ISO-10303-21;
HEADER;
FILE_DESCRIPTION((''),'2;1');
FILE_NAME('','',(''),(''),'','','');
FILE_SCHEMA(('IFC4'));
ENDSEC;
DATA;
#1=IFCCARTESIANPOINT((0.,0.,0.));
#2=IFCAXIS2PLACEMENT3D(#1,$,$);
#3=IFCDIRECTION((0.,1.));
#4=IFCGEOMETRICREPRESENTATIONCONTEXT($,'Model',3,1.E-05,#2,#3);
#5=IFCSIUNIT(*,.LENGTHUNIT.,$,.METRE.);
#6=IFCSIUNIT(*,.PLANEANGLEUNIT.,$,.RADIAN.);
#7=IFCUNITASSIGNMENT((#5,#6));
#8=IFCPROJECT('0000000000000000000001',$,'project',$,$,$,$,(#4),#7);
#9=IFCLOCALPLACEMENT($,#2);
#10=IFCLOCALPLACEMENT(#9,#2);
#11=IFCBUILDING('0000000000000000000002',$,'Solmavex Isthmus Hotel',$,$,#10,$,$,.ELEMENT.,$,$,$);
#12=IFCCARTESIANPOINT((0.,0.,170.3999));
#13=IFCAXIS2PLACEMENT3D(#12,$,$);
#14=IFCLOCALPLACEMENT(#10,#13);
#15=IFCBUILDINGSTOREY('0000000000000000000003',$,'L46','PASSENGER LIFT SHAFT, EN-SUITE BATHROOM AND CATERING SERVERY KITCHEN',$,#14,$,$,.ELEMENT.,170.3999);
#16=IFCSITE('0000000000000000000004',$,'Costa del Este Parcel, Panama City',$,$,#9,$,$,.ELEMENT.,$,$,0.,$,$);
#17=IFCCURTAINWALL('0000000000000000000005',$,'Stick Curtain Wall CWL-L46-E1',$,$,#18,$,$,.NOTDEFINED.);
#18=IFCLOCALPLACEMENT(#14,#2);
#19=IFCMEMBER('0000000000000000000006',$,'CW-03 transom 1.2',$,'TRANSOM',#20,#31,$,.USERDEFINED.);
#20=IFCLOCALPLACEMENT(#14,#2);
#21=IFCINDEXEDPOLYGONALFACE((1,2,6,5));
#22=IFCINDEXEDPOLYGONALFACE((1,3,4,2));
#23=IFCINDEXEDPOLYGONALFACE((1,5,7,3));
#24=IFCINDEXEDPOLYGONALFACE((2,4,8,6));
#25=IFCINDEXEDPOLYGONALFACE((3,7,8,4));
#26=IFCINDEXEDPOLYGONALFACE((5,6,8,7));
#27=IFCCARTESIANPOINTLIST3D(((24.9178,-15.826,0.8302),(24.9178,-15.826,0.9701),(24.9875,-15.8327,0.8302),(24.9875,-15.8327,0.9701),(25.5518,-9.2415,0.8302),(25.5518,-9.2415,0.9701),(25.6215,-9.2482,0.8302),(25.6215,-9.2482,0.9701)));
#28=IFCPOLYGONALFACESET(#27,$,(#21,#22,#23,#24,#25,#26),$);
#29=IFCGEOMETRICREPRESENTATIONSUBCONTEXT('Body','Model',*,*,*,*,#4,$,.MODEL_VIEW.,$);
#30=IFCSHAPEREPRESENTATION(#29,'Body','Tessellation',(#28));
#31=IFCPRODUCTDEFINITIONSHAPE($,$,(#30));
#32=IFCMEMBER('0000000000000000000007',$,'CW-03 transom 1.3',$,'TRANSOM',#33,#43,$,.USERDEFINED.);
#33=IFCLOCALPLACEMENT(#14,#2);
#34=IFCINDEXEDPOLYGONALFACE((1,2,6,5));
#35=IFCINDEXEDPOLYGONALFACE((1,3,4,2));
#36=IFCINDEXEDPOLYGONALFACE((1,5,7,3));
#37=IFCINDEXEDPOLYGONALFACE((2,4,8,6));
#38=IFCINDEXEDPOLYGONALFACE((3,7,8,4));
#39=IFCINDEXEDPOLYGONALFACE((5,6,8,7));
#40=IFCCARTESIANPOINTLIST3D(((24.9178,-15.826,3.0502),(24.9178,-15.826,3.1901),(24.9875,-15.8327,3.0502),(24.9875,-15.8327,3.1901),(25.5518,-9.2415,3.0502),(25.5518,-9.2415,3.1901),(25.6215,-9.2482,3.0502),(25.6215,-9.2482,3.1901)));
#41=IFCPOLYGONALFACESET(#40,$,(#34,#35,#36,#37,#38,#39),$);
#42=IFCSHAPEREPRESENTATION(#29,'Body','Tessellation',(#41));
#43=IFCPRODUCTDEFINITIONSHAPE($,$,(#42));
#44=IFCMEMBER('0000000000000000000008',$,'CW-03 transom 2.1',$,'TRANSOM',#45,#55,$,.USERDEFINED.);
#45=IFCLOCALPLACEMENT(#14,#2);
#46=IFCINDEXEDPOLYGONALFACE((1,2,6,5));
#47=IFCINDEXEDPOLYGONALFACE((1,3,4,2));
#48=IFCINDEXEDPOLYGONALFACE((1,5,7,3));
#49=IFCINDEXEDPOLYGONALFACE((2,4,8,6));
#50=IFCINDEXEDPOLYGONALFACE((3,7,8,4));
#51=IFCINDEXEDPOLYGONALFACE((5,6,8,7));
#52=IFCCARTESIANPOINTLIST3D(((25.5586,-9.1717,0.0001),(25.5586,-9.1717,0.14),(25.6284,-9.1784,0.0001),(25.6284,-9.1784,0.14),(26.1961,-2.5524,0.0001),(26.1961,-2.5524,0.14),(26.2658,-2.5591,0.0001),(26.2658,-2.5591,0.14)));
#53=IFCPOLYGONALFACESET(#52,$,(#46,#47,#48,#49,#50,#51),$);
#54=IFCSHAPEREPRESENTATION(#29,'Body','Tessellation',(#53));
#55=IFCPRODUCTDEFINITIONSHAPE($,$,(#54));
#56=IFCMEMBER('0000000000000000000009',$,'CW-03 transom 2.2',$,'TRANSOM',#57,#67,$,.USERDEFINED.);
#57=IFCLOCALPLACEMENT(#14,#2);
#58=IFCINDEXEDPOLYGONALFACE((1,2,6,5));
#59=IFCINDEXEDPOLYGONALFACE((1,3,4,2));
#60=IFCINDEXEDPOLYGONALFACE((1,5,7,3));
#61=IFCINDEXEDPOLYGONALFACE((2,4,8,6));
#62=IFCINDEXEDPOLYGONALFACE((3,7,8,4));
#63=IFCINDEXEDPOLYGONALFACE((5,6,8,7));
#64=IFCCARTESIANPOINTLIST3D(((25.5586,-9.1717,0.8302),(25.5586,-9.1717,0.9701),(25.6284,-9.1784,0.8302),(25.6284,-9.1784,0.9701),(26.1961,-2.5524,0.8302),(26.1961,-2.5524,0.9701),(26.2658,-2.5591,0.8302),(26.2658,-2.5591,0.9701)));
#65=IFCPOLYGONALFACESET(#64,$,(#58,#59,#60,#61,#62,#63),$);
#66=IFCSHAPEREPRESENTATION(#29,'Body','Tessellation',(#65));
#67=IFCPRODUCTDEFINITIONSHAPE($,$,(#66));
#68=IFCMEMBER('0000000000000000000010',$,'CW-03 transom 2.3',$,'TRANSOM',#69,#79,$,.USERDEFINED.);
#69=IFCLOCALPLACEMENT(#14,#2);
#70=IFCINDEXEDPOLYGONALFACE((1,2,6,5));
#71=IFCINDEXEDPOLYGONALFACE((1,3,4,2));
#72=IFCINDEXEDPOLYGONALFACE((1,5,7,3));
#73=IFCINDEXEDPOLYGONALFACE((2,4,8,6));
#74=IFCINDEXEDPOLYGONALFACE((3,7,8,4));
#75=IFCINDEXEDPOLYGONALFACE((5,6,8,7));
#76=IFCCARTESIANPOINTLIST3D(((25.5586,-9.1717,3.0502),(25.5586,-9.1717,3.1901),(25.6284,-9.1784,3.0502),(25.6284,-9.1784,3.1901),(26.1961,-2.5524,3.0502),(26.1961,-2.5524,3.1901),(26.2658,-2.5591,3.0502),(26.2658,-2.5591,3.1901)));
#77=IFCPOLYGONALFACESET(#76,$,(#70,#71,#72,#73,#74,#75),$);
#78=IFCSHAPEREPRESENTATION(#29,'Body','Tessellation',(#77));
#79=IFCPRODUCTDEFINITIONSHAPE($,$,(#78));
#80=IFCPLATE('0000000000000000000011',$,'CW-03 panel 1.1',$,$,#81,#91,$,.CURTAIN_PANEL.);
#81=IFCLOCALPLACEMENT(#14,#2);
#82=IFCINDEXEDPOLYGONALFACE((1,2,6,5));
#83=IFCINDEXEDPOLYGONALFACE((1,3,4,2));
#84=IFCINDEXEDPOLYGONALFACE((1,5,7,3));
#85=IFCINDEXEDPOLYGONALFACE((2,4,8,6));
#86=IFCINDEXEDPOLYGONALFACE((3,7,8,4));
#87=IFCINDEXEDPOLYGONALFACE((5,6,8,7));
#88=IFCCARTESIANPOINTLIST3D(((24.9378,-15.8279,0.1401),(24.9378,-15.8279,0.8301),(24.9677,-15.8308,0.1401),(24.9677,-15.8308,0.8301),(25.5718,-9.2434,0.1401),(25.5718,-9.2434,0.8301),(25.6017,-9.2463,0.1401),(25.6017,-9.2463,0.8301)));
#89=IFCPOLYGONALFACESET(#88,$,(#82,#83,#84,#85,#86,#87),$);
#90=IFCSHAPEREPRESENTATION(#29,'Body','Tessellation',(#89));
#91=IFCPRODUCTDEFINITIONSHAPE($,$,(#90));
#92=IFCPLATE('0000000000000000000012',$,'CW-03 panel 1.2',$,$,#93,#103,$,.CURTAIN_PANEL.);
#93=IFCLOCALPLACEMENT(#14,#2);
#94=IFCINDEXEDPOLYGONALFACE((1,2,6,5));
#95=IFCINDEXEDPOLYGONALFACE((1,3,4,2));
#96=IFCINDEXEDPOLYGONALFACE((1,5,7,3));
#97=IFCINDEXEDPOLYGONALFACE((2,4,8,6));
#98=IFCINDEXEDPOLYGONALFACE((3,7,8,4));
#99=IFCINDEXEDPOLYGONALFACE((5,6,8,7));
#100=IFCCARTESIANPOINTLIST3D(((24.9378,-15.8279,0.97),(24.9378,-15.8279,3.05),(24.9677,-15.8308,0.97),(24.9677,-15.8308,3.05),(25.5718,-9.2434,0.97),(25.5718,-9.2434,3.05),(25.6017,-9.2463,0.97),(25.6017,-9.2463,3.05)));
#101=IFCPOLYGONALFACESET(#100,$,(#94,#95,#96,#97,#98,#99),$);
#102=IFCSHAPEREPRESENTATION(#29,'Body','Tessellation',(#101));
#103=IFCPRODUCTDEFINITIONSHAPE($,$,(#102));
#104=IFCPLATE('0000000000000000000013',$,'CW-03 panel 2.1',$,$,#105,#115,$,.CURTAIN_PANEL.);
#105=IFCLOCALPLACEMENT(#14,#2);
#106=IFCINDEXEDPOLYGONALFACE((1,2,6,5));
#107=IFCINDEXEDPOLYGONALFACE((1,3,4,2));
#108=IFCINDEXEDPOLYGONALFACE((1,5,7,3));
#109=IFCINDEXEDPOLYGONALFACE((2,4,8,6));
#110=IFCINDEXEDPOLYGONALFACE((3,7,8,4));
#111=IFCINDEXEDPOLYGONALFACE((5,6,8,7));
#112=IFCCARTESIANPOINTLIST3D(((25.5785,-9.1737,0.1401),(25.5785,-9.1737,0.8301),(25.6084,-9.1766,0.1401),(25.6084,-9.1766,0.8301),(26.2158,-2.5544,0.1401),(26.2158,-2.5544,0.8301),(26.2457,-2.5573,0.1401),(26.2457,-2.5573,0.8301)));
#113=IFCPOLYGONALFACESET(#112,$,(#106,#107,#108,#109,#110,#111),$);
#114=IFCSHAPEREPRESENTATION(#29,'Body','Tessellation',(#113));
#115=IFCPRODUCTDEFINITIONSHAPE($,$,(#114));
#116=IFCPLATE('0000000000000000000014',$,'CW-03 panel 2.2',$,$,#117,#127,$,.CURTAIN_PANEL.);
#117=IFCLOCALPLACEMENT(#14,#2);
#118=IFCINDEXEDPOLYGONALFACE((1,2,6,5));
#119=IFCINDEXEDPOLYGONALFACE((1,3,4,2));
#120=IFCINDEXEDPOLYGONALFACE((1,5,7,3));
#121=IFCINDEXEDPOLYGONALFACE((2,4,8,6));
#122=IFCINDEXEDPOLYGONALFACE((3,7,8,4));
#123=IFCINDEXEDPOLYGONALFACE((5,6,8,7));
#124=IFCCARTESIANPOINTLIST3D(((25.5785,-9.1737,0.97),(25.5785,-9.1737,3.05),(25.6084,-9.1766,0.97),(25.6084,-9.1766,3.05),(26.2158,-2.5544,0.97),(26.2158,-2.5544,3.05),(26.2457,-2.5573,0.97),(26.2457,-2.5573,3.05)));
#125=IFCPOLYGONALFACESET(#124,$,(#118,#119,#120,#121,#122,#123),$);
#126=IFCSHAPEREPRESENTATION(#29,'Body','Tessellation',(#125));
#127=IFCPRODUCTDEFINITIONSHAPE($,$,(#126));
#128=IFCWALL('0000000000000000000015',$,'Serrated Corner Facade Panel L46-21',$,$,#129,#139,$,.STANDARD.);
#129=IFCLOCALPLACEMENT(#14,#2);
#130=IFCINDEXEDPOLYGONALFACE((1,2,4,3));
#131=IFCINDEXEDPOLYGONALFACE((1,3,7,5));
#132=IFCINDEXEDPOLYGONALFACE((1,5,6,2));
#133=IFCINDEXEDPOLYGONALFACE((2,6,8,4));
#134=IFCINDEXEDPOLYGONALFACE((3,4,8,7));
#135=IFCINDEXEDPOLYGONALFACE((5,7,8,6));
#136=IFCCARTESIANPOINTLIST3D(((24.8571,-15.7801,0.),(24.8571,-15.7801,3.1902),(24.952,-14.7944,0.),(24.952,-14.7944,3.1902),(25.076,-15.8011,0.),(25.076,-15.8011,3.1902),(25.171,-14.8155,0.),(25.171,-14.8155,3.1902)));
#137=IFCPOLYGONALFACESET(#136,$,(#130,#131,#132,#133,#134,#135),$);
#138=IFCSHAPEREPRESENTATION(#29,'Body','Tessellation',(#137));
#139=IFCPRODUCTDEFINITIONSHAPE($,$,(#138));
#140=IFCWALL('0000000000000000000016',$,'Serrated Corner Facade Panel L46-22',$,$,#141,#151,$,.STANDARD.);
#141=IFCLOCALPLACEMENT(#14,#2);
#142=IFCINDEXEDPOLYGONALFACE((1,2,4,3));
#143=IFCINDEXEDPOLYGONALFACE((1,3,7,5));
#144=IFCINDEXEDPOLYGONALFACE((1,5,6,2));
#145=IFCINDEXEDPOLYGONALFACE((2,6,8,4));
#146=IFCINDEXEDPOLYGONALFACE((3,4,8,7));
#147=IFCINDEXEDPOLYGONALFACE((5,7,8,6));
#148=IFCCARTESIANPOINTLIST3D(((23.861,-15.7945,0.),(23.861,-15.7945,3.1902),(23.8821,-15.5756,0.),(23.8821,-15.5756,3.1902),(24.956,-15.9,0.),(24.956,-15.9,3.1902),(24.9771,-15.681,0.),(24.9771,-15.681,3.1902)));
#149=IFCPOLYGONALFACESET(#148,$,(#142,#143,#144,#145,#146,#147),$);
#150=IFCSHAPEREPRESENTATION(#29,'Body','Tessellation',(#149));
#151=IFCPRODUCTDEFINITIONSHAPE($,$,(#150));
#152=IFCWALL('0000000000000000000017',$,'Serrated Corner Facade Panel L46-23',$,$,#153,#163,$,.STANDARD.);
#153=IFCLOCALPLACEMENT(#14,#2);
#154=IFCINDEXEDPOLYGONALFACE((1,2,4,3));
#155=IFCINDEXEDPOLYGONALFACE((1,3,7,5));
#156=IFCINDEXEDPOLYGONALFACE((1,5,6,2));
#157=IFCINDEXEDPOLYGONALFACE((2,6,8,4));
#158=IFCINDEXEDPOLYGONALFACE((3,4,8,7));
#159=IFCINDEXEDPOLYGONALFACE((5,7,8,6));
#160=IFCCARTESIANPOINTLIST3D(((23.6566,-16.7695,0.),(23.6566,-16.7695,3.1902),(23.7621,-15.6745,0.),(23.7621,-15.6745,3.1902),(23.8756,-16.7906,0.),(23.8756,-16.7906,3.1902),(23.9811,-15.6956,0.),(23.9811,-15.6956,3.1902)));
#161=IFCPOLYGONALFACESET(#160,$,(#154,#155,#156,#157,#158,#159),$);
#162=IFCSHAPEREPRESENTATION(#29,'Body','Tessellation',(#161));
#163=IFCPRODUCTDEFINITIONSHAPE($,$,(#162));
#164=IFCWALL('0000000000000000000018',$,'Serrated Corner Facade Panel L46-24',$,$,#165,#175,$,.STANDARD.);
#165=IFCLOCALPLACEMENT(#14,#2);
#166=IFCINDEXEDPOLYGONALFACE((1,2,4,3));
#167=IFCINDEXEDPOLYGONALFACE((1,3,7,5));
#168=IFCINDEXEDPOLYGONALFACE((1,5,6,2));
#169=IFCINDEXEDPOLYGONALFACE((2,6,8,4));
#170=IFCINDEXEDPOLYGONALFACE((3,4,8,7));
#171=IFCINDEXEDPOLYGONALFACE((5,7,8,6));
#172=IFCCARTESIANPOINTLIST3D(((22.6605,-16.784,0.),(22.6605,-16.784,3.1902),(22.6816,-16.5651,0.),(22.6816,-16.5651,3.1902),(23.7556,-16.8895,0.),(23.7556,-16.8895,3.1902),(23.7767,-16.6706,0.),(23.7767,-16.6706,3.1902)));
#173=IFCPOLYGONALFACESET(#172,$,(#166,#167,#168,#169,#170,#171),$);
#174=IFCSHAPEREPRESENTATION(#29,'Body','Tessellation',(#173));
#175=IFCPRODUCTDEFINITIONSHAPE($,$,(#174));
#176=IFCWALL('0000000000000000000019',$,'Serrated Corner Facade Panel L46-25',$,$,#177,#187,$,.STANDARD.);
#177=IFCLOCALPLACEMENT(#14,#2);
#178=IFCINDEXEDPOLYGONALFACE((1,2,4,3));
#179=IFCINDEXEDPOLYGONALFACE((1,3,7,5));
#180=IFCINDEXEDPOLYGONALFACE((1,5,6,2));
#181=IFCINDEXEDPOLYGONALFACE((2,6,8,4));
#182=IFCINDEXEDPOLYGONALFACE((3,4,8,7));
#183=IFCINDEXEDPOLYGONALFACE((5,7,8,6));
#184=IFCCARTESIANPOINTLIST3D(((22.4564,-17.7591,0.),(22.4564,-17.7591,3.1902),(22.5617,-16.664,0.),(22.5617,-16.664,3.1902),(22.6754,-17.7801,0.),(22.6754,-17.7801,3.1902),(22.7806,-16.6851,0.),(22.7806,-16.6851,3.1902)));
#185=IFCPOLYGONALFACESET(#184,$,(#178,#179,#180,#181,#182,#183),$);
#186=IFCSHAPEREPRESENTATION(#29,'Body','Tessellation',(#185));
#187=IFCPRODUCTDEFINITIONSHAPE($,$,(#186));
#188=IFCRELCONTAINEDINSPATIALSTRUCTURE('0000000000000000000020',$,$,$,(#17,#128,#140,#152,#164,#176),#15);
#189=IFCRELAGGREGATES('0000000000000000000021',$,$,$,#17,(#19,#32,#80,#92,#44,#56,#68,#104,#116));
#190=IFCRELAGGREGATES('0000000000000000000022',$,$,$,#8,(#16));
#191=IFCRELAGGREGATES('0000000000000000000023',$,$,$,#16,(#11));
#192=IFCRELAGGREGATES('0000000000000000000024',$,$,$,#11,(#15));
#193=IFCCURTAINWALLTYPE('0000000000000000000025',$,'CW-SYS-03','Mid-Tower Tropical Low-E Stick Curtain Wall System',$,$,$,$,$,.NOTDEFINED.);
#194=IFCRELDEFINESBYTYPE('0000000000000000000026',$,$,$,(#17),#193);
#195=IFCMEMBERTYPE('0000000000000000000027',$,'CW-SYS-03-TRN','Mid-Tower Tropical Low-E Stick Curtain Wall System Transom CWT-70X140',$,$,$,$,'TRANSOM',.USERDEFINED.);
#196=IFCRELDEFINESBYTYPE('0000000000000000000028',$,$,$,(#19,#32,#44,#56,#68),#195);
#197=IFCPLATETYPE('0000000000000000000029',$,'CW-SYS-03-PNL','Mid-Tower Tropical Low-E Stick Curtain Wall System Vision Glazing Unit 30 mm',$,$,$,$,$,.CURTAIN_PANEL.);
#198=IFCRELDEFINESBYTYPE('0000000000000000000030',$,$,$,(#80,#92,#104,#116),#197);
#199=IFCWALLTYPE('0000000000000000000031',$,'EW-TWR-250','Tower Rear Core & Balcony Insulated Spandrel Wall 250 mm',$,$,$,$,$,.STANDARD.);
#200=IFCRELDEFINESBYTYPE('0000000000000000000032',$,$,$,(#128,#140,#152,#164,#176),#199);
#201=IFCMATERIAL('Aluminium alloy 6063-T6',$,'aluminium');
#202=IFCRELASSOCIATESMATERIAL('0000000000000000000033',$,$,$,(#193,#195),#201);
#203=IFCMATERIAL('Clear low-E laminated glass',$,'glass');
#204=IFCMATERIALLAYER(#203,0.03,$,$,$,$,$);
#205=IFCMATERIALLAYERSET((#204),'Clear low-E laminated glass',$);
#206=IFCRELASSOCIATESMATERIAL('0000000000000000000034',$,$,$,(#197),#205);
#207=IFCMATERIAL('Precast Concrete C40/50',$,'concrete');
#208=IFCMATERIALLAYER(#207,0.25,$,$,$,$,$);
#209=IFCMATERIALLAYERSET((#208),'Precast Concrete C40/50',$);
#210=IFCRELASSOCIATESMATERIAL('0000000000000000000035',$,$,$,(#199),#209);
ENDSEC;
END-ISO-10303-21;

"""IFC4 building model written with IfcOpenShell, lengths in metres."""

from ifc_helpers import new_model, si_unit, direction, frame, frame_2d, origin, origin_2d, place, context, subcontext, project, spatial, rectangle, extrude, material, layer, layer_set, material_profile, profile_set, type_object, element, aggregate, save


model = new_model("IFC4")

# Units and contexts
model_context = context("Model", 3, precision=1e-05, world=origin(), true_north=direction((0.0, 1.0)))
body_context = subcontext(model_context, "Body", "Model", "MODEL_VIEW")
ifc_project = project(units=[si_unit("LENGTHUNIT", "METRE"), si_unit("PLANEANGLEUNIT", "RADIAN")], contexts=[model_context])

# Site, building, storey
site_placement = place(None, origin())
site = spatial("IfcSite", under=ifc_project, at=site_placement, Name="Costa del Este Parcel, Panama City", CompositionType="ELEMENT", RefElevation=0.0)
building_placement = place(site_placement, origin())
building = spatial("IfcBuilding", under=site, at=building_placement, Name="Solmavex Isthmus Hotel", CompositionType="ELEMENT")
storey_placement = place(building_placement, frame((0.0, 0.0, 170.3999)))
storey = spatial("IfcBuildingStorey", under=building, at=storey_placement, Name="L46", Description="PASSENGER LIFT SHAFT, EN-SUITE BATHROOM AND CATERING SERVERY KITCHEN", CompositionType="ELEMENT", Elevation=170.3999)

# Curtain wall, members, plates
ifc_material_1 = material(Name="Aluminium alloy 6063-T6", Category="aluminium")
curtain_wall_type = type_object("IfcCurtainWallType", Name="CW-SYS-03", Description="Mid-Tower Tropical Low-E Stick Curtain Wall System", PredefinedType="NOTDEFINED", material=ifc_material_1)
curtain_wall_placement = place(storey_placement, origin())
curtain_wall = element("IfcCurtainWall", 1, at=curtain_wall_placement, inside=storey, type_object=curtain_wall_type, Name="Stick Curtain Wall CWL-L46-E1", PredefinedType="NOTDEFINED")
ifc_material_profile_1 = material_profile(ifc_material_1, rectangle(XDim=0.0701, YDim=0.1399, at=origin_2d()), Name="CWT-70X140")
ifc_profile_set_1 = profile_set([ifc_material_profile_1], Name="Aluminium alloy 6063-T6")
member_type_1 = type_object("IfcMemberType", Name="CW-SYS-03-TRN", Description="Mid-Tower Tropical Low-E Stick Curtain Wall System Transom CWT-70X140", ElementType="TRANSOM", PredefinedType="USERDEFINED", material=ifc_profile_set_1)
member_1_placement = place(storey_placement, frame((24.9526, -15.8293, 0.9001), z_axis=(0.095849, 0.995396, 0.0), x_axis=(-0.995396, 0.095849, 0.0)))
member_1 = element("IfcMember", 2, at=member_1_placement, type_object=member_type_1, Name="CW-03 transom 1.2", ObjectType="TRANSOM", PredefinedType="USERDEFINED", context=body_context, shape_type="SweptSolid", body=[
    extrude(rectangle(XDim=0.0701, YDim=0.1399, at=origin_2d()), origin(), (0.0, 0.0, 1.0), 6.615),
])
member_2_placement = place(storey_placement, frame((24.9526, -15.8293, 3.1201), z_axis=(0.095849, 0.995396, 0.0), x_axis=(-0.995396, 0.095849, 0.0)))
member_2 = element("IfcMember", 3, at=member_2_placement, type_object=member_type_1, Name="CW-03 transom 1.3", ObjectType="TRANSOM", PredefinedType="USERDEFINED", context=body_context, shape_type="SweptSolid", body=[
    extrude(rectangle(XDim=0.0701, YDim=0.1399, at=origin_2d()), origin(), (0.0, 0.0, 1.0), 6.615),
])
member_3_placement = place(storey_placement, frame((25.5935, -9.175, 0.0701), z_axis=(0.095857, 0.995395, 0.0), x_axis=(-0.995395, 0.095857, 0.0)))
member_3 = element("IfcMember", 4, at=member_3_placement, type_object=member_type_1, Name="CW-03 transom 2.1", ObjectType="TRANSOM", PredefinedType="USERDEFINED", context=body_context, shape_type="SweptSolid", body=[
    extrude(rectangle(XDim=0.0701, YDim=0.1399, at=origin_2d()), origin(), (0.0, 0.0, 1.0), 6.6499),
])
member_4_placement = place(storey_placement, frame((25.5935, -9.175, 0.9001), z_axis=(0.095857, 0.995395, 0.0), x_axis=(-0.995395, 0.095857, 0.0)))
member_4 = element("IfcMember", 5, at=member_4_placement, type_object=member_type_1, Name="CW-03 transom 2.2", ObjectType="TRANSOM", PredefinedType="USERDEFINED", context=body_context, shape_type="SweptSolid", body=[
    extrude(rectangle(XDim=0.0701, YDim=0.1399, at=origin_2d()), origin(), (0.0, 0.0, 1.0), 6.6499),
])
member_5_placement = place(storey_placement, frame((25.5935, -9.175, 3.1201), z_axis=(0.095857, 0.995395, 0.0), x_axis=(-0.995395, 0.095857, 0.0)))
member_5 = element("IfcMember", 6, at=member_5_placement, type_object=member_type_1, Name="CW-03 transom 2.3", ObjectType="TRANSOM", PredefinedType="USERDEFINED", context=body_context, shape_type="SweptSolid", body=[
    extrude(rectangle(XDim=0.0701, YDim=0.1399, at=origin_2d()), origin(), (0.0, 0.0, 1.0), 6.6499),
])
ifc_material_2 = material(Name="Clear low-E laminated glass", Category="glass")
ifc_layer_1 = layer(ifc_material_2, 0.03)
ifc_layer_set_1 = layer_set([ifc_layer_1], Name="Clear low-E laminated glass")
plate_type = type_object("IfcPlateType", Name="CW-SYS-03-PNL", Description="Mid-Tower Tropical Low-E Stick Curtain Wall System Vision Glazing Unit 30 mm", PredefinedType="CURTAIN_PANEL", material=ifc_layer_set_1)
plate_1_placement = place(storey_placement, frame((25.2698, -12.5371, 0.1401), z_axis=(0.0, 0.0, 1.0), x_axis=(0.095846, 0.995396, 0.0)))
plate_1 = element("IfcPlate", 7, at=plate_1_placement, type_object=plate_type, Name="CW-03 panel 1.1", PredefinedType="CURTAIN_PANEL", context=body_context, shape_type="SweptSolid", body=[
    extrude(rectangle(XDim=6.615, YDim=0.03, at=origin_2d()), origin(), (0.0, 0.0, 1.0), 0.6899),
])
plate_2_placement = place(storey_placement, frame((25.2698, -12.5371, 0.97), z_axis=(0.0, 0.0, 1.0), x_axis=(0.095846, 0.995396, 0.0)))
plate_2 = element("IfcPlate", 8, at=plate_2_placement, type_object=plate_type, Name="CW-03 panel 1.2", PredefinedType="CURTAIN_PANEL", context=body_context, shape_type="SweptSolid", body=[
    extrude(rectangle(XDim=6.615, YDim=0.03, at=origin_2d()), origin(), (0.0, 0.0, 1.0), 2.0801),
])
plate_3_placement = place(storey_placement, frame((25.9121, -5.8655, 0.1401), z_axis=(0.0, 0.0, 1.0), x_axis=(0.095846, 0.995396, 0.0)))
plate_3 = element("IfcPlate", 9, at=plate_3_placement, type_object=plate_type, Name="CW-03 panel 2.1", PredefinedType="CURTAIN_PANEL", context=body_context, shape_type="SweptSolid", body=[
    extrude(rectangle(XDim=6.6499, YDim=0.03, at=origin_2d()), origin(), (0.0, 0.0, 1.0), 0.6899),
])
plate_4_placement = place(storey_placement, frame((25.9121, -5.8655, 0.97), z_axis=(0.0, 0.0, 1.0), x_axis=(0.095846, 0.995396, 0.0)))
plate_4 = element("IfcPlate", 10, at=plate_4_placement, type_object=plate_type, Name="CW-03 panel 2.2", PredefinedType="CURTAIN_PANEL", context=body_context, shape_type="SweptSolid", body=[
    extrude(rectangle(XDim=6.6499, YDim=0.03, at=origin_2d()), origin(), (0.0, 0.0, 1.0), 2.0801),
])
aggregate(curtain_wall, [member_1, member_2, plate_1, plate_2, member_3, member_4, member_5, plate_3, plate_4])

# Walls
ifc_material_3 = material(Name="Precast Concrete C40/50", Category="concrete")
ifc_layer_2 = layer(ifc_material_3, 0.25)
ifc_layer_set_2 = layer_set([ifc_layer_2], Name="Precast Concrete C40/50")
wall_type_1 = type_object("IfcWallType", Name="EW-TWR-250", Description="Tower Rear Core & Balcony Insulated Spandrel Wall 250 mm", PredefinedType="STANDARD", material=ifc_layer_set_2)
wall_1_placement = place(storey_placement, frame((25.0615, -14.8049, 0.0), z_axis=(0.0, 0.0, 1.0), x_axis=(-0.095914, -0.99539, 0.0)))
element("IfcWall", 11, at=wall_1_placement, inside=storey, type_object=wall_type_1, Name="Serrated Corner Facade Panel L46-21", PredefinedType="STANDARD", context=body_context, shape_type="SweptSolid", body=[
    extrude(rectangle(XDim=0.9902, YDim=0.22, at=frame_2d((0.4951, 0.0))), origin(), (0.0, 0.0, 1.0), 3.1902),
])
for number, where, z_axis, x_axis, name in (
    (12, (24.9666, -15.7905, 0.0), (0.0, 0.0, 1.0), (-0.995393, 0.095877, 0.0), "Serrated Corner Facade Panel L46-22"),
    (13, (23.8716, -15.6851, 0.0), (0.0, 0.0, 1.0), (-0.095877, -0.995393, 0.0), "Serrated Corner Facade Panel L46-23"),
    (14, (23.7661, -16.78, 0.0), (0.0, 0.0, 1.0), (-0.995393, 0.095877, 0.0), "Serrated Corner Facade Panel L46-24"),
    (15, (22.6711, -16.6746, 0.0), (0.0, 0.0, 1.0), (-0.095657, -0.995414, 0.0), "Serrated Corner Facade Panel L46-25"),
):
    element("IfcWall", number, at=place(storey_placement, frame(where, z_axis=z_axis, x_axis=x_axis)), inside=storey, type_object=wall_type_1, Name=name, PredefinedType="STANDARD", context=body_context, shape_type="SweptSolid", body=[
        extrude(rectangle(XDim=1.1001, YDim=0.22, at=frame_2d((0.55, 0.0))), origin(), (0.0, 0.0, 1.0), 3.1902),
    ])

save(model, "model.ifc")
